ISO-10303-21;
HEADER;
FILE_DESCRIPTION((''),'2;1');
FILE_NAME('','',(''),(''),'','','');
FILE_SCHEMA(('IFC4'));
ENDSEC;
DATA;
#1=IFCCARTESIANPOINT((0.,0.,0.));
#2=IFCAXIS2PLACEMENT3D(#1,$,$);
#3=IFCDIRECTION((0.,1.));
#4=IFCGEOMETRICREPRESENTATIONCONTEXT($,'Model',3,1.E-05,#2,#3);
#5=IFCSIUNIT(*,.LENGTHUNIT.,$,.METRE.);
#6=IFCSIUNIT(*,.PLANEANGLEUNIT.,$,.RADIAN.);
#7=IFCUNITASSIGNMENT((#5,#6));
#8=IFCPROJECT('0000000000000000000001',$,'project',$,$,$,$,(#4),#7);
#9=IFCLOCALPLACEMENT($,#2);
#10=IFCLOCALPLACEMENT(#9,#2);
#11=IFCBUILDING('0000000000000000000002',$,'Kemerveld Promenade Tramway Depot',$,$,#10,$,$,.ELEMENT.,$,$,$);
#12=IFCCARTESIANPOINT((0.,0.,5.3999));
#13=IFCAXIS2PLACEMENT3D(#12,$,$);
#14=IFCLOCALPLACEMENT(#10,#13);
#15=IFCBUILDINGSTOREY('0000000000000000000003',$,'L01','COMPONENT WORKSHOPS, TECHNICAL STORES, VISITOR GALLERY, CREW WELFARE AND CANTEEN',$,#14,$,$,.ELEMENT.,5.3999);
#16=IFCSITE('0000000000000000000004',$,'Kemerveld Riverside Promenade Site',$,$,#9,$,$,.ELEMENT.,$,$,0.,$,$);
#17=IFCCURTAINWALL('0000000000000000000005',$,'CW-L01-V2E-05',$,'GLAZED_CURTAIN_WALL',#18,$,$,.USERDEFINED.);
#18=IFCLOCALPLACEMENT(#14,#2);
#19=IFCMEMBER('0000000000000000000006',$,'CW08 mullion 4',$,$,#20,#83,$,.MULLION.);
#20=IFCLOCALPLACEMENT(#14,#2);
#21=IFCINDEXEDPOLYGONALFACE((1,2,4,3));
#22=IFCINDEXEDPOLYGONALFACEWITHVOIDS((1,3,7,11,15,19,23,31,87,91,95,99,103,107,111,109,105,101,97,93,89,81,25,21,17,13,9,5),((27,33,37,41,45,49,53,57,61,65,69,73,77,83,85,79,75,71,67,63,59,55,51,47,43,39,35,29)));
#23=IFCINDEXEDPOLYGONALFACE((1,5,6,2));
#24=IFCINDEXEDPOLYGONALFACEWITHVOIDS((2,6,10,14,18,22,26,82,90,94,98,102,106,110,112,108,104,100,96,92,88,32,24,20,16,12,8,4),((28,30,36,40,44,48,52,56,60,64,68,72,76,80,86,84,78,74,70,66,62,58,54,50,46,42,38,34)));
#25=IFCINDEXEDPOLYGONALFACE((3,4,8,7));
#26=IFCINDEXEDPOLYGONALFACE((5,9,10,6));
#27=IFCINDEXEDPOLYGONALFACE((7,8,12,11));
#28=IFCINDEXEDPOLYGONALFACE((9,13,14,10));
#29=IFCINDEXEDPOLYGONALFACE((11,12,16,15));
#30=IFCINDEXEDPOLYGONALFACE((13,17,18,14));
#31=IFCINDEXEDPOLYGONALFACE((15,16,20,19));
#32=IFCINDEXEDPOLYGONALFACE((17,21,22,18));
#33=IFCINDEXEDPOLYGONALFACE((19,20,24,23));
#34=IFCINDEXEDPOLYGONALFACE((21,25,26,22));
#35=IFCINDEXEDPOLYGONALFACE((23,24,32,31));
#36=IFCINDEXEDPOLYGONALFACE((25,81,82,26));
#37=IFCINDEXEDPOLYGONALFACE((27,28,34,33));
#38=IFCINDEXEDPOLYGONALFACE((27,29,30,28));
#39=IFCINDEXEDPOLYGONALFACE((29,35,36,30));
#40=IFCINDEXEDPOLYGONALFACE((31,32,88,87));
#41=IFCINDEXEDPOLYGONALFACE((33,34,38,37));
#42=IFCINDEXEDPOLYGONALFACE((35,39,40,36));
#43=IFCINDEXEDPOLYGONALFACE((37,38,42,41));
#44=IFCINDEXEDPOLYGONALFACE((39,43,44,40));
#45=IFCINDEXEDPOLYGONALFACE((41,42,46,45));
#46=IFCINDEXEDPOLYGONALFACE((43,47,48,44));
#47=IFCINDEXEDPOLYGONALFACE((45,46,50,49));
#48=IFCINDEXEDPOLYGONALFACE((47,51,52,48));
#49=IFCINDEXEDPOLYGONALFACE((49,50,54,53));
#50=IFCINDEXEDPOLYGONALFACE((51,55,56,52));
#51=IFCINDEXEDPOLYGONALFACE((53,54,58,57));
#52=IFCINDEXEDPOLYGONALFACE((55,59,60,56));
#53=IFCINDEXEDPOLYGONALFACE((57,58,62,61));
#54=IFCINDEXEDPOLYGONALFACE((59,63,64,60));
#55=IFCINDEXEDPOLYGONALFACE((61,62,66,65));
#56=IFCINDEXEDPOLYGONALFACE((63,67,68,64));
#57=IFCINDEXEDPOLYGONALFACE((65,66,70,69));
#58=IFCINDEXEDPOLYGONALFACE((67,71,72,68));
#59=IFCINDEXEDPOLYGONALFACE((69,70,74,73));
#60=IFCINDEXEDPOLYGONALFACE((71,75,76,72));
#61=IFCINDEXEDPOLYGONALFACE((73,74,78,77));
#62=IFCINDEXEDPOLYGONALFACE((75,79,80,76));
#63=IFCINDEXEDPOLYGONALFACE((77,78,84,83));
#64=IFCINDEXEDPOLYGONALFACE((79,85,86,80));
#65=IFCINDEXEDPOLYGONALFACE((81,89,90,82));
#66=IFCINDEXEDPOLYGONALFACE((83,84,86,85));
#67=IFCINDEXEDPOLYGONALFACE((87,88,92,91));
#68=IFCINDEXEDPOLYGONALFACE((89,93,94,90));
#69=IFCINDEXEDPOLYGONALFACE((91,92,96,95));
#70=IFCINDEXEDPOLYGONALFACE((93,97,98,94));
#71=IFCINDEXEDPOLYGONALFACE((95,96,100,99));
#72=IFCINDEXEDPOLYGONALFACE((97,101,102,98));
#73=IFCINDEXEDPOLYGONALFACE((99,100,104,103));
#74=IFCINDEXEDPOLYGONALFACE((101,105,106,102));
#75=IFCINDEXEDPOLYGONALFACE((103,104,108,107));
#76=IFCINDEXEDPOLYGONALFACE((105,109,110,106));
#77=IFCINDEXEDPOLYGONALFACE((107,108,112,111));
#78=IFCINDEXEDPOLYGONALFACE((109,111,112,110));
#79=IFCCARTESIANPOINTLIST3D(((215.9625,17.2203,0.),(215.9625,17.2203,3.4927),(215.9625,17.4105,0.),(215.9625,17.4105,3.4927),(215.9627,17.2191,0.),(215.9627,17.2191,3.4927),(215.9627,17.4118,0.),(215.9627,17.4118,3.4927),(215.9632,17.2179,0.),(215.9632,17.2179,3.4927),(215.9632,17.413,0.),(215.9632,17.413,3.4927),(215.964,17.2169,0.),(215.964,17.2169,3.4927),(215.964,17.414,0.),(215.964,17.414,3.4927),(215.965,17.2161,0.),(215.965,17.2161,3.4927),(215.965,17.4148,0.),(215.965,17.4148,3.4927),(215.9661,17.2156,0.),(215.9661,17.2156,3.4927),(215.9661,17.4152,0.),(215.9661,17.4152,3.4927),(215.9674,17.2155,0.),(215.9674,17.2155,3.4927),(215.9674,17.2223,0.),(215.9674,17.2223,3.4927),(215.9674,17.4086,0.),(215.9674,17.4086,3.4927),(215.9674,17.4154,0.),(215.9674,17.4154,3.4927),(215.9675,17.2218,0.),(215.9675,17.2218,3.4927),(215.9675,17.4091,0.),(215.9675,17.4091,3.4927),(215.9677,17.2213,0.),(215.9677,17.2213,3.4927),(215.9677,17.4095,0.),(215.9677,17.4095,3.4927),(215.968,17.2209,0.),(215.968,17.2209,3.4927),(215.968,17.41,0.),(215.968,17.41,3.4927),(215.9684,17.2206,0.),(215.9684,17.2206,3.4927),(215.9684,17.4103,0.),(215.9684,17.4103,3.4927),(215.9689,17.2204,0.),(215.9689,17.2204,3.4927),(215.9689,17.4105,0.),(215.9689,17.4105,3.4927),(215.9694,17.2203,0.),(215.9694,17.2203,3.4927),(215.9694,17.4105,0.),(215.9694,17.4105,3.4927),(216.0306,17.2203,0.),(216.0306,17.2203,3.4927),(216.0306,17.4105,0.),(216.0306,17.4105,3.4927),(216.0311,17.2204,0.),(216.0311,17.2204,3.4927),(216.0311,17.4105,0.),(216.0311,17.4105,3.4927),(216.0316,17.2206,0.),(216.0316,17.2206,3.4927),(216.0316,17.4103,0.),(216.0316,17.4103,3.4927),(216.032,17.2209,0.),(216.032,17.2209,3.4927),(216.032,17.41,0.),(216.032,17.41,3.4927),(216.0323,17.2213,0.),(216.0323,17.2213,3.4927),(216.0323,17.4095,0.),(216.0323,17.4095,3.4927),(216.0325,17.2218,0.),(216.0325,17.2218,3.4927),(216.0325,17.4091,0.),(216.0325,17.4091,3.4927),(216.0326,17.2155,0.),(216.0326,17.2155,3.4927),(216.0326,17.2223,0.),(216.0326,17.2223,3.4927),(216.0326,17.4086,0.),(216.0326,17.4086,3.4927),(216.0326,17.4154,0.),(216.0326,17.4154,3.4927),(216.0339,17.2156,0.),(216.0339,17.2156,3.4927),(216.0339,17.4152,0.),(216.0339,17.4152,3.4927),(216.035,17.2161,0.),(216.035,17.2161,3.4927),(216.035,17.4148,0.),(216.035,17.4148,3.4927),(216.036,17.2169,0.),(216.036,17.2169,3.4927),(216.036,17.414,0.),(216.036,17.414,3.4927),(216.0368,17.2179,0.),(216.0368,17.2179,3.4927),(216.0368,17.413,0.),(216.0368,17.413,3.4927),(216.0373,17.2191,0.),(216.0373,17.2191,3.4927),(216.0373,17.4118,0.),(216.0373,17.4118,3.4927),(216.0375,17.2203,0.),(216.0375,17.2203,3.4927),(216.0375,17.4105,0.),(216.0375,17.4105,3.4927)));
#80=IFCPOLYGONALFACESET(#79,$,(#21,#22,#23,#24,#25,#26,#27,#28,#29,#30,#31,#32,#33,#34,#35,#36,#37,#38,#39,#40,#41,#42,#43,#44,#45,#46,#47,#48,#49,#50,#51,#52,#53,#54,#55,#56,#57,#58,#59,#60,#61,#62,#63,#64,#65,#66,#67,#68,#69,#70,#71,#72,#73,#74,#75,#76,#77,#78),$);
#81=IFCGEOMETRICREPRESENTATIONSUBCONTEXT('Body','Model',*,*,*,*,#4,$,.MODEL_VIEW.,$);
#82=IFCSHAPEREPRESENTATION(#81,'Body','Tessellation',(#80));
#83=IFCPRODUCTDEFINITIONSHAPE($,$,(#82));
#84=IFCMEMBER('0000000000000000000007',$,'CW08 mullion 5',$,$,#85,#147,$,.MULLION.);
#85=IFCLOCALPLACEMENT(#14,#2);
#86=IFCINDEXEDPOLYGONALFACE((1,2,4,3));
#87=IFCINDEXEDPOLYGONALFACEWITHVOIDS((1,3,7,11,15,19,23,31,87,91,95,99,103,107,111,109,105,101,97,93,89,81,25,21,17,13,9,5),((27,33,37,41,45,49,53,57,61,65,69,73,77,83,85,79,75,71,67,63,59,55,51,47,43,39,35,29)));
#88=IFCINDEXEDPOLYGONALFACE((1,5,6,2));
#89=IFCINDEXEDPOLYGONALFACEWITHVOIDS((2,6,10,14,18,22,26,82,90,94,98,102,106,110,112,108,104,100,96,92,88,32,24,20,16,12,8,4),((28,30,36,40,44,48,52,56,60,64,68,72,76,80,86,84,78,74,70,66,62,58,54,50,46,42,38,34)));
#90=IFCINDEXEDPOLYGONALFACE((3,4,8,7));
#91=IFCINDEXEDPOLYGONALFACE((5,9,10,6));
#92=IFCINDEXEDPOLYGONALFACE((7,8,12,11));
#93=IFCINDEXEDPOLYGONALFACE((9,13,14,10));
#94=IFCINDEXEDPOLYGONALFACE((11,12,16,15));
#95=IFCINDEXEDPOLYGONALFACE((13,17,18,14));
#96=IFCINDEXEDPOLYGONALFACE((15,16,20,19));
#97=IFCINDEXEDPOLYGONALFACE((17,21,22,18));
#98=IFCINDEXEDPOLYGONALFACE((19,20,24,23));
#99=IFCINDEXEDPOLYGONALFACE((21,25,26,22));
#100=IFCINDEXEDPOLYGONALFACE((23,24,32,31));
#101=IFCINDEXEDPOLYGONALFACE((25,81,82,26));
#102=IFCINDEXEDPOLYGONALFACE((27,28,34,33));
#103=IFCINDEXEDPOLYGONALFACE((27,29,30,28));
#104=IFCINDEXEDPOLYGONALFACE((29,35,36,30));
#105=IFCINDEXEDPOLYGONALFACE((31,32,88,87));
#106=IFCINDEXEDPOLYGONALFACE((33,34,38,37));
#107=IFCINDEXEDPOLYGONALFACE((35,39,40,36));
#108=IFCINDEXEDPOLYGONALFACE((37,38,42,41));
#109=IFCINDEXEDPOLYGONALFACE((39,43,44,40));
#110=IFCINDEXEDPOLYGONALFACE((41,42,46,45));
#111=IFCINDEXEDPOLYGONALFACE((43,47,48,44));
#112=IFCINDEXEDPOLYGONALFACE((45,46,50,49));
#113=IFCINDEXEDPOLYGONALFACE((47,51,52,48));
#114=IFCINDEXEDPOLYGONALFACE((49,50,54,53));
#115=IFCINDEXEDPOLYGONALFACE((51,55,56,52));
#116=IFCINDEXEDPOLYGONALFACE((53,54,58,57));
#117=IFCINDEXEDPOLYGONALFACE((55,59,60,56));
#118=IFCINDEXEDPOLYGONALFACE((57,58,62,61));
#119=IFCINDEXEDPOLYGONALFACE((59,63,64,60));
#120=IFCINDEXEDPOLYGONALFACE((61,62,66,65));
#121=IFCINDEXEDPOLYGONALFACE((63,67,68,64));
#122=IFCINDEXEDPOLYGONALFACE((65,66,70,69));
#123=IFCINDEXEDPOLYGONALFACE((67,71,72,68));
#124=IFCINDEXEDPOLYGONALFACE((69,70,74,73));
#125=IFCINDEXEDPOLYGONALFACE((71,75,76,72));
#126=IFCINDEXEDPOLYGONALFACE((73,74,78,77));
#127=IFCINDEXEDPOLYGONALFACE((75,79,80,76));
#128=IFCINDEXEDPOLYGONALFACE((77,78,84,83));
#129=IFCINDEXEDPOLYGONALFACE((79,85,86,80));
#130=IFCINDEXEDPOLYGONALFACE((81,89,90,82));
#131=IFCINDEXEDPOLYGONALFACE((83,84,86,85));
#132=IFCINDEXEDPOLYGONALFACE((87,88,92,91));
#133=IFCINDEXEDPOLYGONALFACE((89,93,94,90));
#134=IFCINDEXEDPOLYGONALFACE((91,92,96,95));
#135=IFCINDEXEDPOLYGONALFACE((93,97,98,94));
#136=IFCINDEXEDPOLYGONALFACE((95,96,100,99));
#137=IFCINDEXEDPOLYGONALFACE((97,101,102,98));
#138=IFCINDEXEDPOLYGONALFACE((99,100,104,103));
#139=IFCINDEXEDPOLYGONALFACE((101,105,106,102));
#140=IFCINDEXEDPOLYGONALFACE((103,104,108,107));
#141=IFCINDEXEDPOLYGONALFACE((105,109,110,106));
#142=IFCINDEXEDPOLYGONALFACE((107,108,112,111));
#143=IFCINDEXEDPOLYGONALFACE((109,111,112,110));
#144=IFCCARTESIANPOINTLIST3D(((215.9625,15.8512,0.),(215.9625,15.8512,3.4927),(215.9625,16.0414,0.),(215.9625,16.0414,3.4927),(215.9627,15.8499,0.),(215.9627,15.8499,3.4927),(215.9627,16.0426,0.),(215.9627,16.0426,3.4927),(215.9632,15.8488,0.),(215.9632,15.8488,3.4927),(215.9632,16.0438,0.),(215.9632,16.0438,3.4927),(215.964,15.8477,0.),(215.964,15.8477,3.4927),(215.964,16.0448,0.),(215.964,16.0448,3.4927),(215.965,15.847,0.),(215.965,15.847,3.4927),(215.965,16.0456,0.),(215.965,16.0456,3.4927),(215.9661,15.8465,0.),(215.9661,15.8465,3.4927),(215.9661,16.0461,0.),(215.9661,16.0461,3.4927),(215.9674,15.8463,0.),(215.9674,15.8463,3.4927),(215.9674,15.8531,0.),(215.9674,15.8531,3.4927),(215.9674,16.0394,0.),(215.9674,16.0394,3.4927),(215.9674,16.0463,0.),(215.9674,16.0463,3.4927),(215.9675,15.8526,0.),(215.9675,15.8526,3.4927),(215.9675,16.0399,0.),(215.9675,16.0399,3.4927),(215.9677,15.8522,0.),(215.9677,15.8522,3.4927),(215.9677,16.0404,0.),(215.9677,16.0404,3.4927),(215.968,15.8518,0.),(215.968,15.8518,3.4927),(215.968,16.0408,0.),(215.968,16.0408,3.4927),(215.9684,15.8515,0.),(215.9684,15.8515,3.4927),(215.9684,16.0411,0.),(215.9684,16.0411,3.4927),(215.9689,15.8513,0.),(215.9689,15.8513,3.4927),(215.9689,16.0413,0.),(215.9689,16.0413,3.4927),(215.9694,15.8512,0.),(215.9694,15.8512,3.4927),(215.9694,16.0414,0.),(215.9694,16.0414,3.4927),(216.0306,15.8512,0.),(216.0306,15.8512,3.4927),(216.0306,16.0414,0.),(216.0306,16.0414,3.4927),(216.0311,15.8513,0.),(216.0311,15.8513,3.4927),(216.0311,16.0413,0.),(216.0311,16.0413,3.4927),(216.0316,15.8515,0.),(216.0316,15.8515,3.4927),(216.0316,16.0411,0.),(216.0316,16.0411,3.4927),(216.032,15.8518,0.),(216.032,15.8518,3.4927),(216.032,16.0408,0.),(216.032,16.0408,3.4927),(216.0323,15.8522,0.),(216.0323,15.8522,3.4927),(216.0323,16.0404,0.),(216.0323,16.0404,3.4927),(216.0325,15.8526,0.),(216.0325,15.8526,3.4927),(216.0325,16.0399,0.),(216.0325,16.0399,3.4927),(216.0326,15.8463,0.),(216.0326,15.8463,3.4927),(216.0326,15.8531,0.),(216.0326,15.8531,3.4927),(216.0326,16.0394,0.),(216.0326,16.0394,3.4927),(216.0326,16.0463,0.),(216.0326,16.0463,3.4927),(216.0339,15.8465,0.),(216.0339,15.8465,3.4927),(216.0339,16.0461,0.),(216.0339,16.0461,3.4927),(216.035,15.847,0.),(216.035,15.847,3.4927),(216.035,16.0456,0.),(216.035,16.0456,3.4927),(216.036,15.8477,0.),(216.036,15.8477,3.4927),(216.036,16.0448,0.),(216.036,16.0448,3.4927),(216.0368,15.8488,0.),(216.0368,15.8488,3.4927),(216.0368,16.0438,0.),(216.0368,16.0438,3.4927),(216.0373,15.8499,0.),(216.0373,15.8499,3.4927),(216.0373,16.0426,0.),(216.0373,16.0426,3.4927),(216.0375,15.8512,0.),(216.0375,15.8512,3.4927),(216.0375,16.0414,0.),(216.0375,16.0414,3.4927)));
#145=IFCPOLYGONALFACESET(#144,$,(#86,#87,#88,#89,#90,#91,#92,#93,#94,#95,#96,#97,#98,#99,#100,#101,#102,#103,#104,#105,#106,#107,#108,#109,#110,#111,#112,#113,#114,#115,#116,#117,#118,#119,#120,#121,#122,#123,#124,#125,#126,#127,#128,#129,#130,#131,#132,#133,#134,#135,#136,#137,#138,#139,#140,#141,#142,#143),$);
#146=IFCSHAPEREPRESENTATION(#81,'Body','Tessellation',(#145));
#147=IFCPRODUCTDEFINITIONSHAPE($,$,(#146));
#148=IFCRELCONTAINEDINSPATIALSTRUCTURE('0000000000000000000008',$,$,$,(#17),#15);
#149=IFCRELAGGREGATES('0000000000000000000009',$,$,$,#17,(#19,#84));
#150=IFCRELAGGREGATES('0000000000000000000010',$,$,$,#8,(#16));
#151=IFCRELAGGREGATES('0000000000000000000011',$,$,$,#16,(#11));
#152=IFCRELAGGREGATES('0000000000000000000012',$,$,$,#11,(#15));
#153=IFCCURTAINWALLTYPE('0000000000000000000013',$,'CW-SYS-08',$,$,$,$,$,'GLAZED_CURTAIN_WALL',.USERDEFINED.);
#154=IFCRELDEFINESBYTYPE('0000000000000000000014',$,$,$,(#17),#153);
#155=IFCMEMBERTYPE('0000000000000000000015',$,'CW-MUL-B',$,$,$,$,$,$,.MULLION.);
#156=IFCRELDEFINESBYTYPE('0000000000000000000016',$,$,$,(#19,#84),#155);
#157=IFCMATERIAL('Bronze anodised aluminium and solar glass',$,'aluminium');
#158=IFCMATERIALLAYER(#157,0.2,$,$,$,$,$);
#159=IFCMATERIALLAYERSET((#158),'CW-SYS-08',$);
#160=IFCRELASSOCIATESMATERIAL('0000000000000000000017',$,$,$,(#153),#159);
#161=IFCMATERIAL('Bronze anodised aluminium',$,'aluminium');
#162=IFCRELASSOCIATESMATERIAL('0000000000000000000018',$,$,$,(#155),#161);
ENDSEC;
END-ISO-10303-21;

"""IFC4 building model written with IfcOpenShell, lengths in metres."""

from ifc_helpers import new_model, si_unit, direction, frame, origin, origin_2d, place, context, subcontext, project, spatial, hollow_rectangle, extrude, material, layer, layer_set, material_profile, profile_set, type_object, element, aggregate, save


model = new_model("IFC4")

# Units and contexts
model_context = context("Model", 3, precision=1e-05, world=origin(), true_north=direction((0.0, 1.0)))
body_context = subcontext(model_context, "Body", "Model", "MODEL_VIEW")
ifc_project = project(units=[si_unit("LENGTHUNIT", "METRE"), si_unit("PLANEANGLEUNIT", "RADIAN")], contexts=[model_context])

# Site, building, storey
site_placement = place(None, origin())
site = spatial("IfcSite", under=ifc_project, at=site_placement, Name="Kemerveld Riverside Promenade Site", CompositionType="ELEMENT", RefElevation=0.0)
building_placement = place(site_placement, origin())
building = spatial("IfcBuilding", under=site, at=building_placement, Name="Kemerveld Promenade Tramway Depot", CompositionType="ELEMENT")
storey_placement = place(building_placement, frame((0.0, 0.0, 5.3999)))
storey = spatial("IfcBuildingStorey", under=building, at=storey_placement, Name="L01", Description="COMPONENT WORKSHOPS, TECHNICAL STORES, VISITOR GALLERY, CREW WELFARE AND CANTEEN", CompositionType="ELEMENT", Elevation=5.3999)

# Curtain wall, members
ifc_material_1 = material(Name="Bronze anodised aluminium and solar glass", Category="aluminium")
ifc_layer_1 = layer(ifc_material_1, 0.2)
ifc_layer_set_1 = layer_set([ifc_layer_1], Name="CW-SYS-08")
curtain_wall_type = type_object("IfcCurtainWallType", Name="CW-SYS-08", ElementType="GLAZED_CURTAIN_WALL", PredefinedType="USERDEFINED", material=ifc_layer_set_1)
curtain_wall_placement = place(storey_placement, origin())
curtain_wall = element("IfcCurtainWall", 1, at=curtain_wall_placement, inside=storey, type_object=curtain_wall_type, Name="CW-L01-V2E-05", ObjectType="GLAZED_CURTAIN_WALL", PredefinedType="USERDEFINED")
ifc_material_2 = material(Name="Bronze anodised aluminium", Category="aluminium")
ifc_material_profile_1 = material_profile(ifc_material_2, hollow_rectangle(XDim=0.075, YDim=0.2, WallThickness=0.0049, InnerFilletRadius=0.002, OuterFilletRadius=0.0049, at=origin_2d()), Name="CW-MUL-200x75")
ifc_profile_set_1 = profile_set([ifc_material_profile_1], Name="Bronze anodised aluminium")
member_type_1 = type_object("IfcMemberType", Name="CW-MUL-B", PredefinedType="MULLION", material=ifc_profile_set_1)
member_1_placement = place(storey_placement, frame((216.0, 17.3154, 0.0), z_axis=(0.0, 0.0, 1.0), x_axis=(1.0, 0.0, 0.0)))
member_1 = element("IfcMember", 2, at=member_1_placement, type_object=member_type_1, Name="CW08 mullion 4", PredefinedType="MULLION", context=body_context, shape_type="SweptSolid", body=[
    extrude(hollow_rectangle(XDim=0.075, YDim=0.2, WallThickness=0.0049, InnerFilletRadius=0.002, OuterFilletRadius=0.0049, at=origin_2d()), origin(), (0.0, 0.0, 1.0), 3.4927),
])
member_2_placement = place(storey_placement, frame((216.0, 15.9463, 0.0), z_axis=(0.0, 0.0, 1.0), x_axis=(1.0, 0.0, 0.0)))
member_2 = element("IfcMember", 3, at=member_2_placement, type_object=member_type_1, Name="CW08 mullion 5", PredefinedType="MULLION", context=body_context, shape_type="SweptSolid", body=[
    extrude(hollow_rectangle(XDim=0.075, YDim=0.2, WallThickness=0.0049, InnerFilletRadius=0.002, OuterFilletRadius=0.0049, at=origin_2d()), origin(), (0.0, 0.0, 1.0), 3.4927),
])
aggregate(curtain_wall, [member_1, member_2])

save(model, "model.ifc")
